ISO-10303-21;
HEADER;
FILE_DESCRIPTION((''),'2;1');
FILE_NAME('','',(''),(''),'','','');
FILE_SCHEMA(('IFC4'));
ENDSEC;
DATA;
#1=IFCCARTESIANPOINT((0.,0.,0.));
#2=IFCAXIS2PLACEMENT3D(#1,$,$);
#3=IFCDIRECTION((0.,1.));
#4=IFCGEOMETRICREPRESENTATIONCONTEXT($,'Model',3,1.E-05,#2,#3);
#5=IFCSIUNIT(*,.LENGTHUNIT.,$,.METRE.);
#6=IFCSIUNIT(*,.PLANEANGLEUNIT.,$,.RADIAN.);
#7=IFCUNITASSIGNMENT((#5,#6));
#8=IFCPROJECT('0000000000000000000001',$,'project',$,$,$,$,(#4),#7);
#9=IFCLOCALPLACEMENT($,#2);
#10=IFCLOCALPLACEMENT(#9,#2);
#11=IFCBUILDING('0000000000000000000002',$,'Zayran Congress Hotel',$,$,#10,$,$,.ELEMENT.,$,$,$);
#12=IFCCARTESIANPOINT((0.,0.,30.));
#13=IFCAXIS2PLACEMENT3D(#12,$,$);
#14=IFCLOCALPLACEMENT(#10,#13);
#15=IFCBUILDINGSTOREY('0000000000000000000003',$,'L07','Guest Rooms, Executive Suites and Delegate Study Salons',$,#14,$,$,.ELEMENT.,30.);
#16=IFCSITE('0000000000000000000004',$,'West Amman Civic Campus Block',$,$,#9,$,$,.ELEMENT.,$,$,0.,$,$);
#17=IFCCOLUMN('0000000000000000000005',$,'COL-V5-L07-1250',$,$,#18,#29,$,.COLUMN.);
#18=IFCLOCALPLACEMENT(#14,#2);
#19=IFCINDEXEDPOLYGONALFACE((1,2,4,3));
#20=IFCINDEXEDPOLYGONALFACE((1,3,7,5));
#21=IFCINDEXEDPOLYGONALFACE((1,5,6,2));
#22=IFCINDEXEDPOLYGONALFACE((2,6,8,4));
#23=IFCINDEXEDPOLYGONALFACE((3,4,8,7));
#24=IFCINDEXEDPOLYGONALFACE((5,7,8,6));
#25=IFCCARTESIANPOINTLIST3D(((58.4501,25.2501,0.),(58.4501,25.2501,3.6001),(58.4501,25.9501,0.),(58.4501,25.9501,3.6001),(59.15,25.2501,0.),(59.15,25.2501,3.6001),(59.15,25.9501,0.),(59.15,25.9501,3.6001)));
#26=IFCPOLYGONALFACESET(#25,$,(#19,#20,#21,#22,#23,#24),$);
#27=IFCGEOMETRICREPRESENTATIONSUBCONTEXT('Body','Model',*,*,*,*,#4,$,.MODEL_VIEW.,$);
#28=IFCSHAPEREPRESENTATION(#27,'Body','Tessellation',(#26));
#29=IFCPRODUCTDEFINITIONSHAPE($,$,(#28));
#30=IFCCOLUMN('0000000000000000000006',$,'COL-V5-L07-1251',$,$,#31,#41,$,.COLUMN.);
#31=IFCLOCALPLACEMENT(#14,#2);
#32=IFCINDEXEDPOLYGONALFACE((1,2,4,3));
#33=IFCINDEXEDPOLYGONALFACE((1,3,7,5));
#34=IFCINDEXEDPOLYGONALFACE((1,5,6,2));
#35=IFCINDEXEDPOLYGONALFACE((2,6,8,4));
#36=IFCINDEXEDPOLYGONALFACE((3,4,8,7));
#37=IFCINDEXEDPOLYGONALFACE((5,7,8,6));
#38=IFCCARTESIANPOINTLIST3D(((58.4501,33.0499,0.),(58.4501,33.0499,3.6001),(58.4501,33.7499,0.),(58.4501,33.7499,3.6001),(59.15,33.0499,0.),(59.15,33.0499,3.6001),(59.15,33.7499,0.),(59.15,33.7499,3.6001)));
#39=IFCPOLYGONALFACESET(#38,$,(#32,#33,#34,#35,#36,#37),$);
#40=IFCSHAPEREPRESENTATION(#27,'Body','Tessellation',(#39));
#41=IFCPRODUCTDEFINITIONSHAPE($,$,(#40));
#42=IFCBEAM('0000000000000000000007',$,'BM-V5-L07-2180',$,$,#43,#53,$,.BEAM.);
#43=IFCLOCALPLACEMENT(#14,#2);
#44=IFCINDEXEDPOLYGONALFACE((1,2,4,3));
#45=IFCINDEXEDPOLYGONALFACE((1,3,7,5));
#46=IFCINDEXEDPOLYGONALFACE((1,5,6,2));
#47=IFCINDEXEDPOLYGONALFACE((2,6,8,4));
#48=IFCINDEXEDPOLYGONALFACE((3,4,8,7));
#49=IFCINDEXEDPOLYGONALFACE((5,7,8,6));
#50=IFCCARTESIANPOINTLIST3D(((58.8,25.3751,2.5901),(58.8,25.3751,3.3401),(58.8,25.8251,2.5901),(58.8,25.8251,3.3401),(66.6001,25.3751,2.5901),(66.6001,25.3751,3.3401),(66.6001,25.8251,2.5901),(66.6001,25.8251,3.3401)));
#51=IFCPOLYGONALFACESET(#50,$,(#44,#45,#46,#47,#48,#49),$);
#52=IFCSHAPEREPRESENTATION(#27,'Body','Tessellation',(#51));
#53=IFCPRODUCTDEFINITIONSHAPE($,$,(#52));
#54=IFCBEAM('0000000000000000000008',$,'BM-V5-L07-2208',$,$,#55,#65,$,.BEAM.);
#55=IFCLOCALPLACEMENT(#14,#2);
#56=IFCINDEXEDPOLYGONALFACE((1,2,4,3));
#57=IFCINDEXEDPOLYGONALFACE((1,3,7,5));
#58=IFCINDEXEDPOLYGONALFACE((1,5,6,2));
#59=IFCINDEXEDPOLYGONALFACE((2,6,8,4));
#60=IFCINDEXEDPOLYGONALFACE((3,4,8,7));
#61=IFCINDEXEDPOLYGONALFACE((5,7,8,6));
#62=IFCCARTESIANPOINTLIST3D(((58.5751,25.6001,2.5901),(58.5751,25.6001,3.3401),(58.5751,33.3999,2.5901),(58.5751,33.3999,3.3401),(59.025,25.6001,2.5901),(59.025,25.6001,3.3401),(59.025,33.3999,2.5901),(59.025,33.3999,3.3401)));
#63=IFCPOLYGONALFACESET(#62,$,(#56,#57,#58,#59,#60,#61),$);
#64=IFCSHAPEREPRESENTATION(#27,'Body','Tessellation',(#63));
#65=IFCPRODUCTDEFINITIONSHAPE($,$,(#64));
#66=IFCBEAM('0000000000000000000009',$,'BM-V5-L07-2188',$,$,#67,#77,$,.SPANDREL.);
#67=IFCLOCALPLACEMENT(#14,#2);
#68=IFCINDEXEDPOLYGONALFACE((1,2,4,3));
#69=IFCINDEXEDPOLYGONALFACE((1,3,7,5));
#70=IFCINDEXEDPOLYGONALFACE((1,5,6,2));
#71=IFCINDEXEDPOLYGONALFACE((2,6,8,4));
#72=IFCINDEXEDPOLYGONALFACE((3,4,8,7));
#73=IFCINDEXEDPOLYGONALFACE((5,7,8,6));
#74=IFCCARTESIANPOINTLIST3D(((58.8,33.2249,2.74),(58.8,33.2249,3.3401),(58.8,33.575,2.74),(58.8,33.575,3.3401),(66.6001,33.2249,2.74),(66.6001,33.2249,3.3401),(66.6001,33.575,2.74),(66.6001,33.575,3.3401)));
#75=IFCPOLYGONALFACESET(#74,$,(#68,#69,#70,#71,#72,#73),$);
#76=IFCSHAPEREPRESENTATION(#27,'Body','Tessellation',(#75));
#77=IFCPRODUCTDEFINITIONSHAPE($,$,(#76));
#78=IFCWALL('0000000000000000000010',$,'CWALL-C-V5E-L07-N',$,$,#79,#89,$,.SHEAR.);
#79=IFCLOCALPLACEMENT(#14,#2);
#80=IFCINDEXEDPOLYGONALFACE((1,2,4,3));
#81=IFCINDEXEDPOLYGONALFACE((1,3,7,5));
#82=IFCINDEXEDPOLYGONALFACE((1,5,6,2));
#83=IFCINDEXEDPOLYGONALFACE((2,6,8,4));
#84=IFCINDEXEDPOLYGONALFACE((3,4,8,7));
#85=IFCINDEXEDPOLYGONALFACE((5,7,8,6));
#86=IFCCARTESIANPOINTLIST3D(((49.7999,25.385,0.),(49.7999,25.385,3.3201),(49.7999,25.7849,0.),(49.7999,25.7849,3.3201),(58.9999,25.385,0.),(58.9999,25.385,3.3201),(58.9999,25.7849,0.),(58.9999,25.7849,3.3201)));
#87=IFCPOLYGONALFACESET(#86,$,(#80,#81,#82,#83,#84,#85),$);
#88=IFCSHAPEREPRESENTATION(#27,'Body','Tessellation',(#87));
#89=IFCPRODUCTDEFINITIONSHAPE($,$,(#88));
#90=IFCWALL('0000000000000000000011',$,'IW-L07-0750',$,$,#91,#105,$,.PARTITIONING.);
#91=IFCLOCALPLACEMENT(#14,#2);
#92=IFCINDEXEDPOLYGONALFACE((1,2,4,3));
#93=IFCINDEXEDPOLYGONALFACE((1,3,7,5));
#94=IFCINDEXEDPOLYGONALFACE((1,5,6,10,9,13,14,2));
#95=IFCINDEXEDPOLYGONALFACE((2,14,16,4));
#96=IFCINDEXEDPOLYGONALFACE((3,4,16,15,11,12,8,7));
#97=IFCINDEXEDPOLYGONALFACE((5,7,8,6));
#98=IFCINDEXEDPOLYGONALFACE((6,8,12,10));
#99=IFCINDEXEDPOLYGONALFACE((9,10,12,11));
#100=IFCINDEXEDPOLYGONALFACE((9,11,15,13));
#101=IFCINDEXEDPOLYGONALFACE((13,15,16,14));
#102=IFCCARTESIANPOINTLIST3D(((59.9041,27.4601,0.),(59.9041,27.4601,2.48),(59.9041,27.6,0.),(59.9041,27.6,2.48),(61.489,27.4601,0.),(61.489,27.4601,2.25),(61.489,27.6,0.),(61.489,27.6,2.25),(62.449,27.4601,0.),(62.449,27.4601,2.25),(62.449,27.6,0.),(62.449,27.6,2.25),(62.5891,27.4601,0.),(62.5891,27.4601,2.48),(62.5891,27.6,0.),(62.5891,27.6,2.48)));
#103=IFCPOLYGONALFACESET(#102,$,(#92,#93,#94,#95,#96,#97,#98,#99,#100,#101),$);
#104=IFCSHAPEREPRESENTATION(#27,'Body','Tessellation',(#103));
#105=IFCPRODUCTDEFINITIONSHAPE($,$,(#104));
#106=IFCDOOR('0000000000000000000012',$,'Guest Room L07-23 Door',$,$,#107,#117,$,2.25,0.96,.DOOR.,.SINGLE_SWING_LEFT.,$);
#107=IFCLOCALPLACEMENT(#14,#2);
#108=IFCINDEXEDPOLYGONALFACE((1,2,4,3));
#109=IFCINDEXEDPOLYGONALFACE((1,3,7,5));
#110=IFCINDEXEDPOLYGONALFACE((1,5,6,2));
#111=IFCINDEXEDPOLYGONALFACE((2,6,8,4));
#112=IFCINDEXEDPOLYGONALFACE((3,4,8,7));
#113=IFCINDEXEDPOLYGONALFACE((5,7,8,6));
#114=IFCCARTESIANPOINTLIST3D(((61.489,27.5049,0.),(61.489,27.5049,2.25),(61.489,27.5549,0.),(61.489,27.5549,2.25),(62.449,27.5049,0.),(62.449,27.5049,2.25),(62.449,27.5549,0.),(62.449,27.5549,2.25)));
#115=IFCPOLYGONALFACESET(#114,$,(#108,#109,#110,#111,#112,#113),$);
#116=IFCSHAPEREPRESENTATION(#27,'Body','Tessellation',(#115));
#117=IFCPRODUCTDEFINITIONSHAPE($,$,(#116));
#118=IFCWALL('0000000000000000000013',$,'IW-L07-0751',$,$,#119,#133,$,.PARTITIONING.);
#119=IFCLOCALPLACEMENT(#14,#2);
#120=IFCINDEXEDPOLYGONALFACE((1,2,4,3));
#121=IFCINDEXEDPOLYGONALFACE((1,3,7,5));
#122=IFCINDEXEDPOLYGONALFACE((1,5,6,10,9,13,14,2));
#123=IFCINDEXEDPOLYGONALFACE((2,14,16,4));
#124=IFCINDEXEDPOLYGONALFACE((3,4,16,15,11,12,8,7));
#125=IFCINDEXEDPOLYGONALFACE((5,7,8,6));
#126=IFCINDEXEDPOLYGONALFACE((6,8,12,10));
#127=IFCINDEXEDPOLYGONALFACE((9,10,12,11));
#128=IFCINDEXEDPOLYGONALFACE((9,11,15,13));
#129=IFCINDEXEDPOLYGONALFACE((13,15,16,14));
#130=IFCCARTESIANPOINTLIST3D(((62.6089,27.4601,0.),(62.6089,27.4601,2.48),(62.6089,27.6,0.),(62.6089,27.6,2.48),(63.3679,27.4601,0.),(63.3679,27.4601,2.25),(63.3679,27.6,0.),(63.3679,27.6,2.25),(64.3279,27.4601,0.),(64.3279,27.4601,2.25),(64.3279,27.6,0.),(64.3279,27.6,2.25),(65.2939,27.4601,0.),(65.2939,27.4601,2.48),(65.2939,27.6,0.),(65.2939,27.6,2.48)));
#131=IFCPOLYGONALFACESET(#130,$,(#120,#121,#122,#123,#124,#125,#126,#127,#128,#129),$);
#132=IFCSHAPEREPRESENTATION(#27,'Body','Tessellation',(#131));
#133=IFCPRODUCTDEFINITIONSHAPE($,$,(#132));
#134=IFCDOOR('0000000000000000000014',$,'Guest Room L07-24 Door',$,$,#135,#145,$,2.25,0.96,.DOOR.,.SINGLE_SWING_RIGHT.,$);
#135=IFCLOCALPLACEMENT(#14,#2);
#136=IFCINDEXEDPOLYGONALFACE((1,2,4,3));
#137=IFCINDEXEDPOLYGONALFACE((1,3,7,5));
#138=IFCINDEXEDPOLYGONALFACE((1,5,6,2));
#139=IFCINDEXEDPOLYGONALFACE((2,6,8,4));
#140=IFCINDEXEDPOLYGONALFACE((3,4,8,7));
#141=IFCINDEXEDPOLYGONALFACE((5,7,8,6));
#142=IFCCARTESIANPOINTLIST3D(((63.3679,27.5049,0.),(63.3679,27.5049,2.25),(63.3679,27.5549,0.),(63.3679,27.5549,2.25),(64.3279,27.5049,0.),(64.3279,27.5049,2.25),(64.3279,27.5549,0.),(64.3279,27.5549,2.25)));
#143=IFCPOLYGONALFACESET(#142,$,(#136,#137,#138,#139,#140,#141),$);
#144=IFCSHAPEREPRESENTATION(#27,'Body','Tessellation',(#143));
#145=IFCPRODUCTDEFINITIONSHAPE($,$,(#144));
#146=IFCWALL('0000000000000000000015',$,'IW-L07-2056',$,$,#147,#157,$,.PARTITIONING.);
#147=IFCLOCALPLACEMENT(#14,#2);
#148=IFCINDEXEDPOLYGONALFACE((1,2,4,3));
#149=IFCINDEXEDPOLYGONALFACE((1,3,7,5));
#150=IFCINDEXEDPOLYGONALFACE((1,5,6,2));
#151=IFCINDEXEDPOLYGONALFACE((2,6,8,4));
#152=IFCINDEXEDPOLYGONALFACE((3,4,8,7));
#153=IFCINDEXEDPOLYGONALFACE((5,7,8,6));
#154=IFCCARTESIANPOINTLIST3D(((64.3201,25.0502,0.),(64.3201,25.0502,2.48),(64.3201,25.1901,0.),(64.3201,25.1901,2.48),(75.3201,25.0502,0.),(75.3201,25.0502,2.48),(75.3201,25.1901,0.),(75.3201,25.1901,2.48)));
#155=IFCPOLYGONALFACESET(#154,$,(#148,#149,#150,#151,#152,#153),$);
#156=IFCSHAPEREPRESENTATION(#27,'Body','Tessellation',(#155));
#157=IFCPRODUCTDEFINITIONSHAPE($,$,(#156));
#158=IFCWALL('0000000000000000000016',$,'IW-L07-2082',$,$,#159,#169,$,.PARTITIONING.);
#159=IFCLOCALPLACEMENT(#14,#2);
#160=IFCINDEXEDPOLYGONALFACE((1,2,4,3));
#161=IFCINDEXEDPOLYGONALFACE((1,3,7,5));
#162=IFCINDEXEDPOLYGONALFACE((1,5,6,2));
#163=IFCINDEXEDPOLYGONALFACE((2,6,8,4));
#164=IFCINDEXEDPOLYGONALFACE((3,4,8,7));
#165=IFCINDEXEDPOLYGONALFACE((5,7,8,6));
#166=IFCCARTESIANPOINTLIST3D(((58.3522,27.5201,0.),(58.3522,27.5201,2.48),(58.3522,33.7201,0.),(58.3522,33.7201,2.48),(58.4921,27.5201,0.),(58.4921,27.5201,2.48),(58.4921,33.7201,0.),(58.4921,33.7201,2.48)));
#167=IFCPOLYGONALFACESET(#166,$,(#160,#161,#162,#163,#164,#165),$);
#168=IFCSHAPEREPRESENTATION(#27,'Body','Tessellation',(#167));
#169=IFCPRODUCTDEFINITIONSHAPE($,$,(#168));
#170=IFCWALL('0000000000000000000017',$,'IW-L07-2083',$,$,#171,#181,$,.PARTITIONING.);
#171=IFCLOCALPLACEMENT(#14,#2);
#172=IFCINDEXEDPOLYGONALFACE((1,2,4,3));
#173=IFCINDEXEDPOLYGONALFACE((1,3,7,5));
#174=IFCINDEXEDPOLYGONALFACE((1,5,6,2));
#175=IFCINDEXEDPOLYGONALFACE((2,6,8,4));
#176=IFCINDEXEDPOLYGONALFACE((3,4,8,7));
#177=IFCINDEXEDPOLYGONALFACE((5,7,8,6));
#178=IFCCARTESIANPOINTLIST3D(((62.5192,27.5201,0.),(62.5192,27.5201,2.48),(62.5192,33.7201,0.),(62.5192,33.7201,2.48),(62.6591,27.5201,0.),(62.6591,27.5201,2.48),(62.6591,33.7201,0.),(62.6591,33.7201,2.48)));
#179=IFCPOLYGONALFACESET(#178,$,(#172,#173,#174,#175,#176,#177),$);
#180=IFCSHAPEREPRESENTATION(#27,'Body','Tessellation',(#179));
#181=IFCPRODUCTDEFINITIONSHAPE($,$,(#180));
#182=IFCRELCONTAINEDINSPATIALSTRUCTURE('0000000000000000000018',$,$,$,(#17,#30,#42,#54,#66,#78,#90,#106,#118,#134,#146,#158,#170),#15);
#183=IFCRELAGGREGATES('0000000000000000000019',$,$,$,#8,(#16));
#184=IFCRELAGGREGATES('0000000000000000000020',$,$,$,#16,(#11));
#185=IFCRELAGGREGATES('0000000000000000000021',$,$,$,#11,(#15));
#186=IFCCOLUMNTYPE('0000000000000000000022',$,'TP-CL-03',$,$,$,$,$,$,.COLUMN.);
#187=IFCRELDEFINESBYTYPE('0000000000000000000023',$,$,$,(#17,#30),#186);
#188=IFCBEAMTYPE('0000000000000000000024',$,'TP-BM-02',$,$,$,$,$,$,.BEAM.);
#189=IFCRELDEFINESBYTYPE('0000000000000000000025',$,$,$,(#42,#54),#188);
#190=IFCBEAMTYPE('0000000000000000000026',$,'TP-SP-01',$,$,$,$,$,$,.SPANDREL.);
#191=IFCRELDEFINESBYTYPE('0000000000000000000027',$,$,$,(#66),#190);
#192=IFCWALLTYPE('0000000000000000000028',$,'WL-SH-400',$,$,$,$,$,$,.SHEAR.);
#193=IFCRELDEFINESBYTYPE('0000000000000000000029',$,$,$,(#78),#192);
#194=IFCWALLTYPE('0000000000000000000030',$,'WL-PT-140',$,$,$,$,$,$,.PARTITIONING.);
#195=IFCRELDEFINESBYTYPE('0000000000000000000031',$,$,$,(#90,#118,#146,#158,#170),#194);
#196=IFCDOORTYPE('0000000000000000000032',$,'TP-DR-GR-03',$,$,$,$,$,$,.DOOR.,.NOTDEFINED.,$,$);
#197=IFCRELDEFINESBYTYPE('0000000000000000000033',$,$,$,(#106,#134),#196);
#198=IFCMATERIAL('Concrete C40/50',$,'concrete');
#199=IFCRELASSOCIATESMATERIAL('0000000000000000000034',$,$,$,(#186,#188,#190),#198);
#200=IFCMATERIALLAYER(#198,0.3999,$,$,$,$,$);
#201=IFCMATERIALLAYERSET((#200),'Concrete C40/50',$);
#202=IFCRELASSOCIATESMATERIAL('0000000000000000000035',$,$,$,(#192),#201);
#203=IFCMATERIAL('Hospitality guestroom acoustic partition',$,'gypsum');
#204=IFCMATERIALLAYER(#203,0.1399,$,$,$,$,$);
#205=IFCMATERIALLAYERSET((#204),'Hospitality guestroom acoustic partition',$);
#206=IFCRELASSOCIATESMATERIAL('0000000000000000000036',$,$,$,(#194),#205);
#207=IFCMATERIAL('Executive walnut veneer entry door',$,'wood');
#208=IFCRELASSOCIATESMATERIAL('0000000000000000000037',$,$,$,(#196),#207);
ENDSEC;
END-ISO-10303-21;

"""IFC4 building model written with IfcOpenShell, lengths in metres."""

from ifc_helpers import new_model, si_unit, direction, frame, frame_2d, origin, origin_2d, place, context, subcontext, project, spatial, rectangle, extrude, material, layer, layer_set, material_profile, profile_set, type_object, element, fill, save


model = new_model("IFC4")

# Units and contexts
model_context = context("Model", 3, precision=1e-05, world=origin(), true_north=direction((0.0, 1.0)))
body_context = subcontext(model_context, "Body", "Model", "MODEL_VIEW")
ifc_project = project(units=[si_unit("LENGTHUNIT", "METRE"), si_unit("PLANEANGLEUNIT", "RADIAN")], contexts=[model_context])

# Site, building, storey
site_placement = place(None, origin())
site = spatial("IfcSite", under=ifc_project, at=site_placement, Name="West Amman Civic Campus Block", CompositionType="ELEMENT", RefElevation=0.0)
building_placement = place(site_placement, origin())
building = spatial("IfcBuilding", under=site, at=building_placement, Name="Zayran Congress Hotel", CompositionType="ELEMENT")
storey_placement = place(building_placement, frame((0.0, 0.0, 30.0)))
storey = spatial("IfcBuildingStorey", under=building, at=storey_placement, Name="L07", Description="Guest Rooms, Executive Suites and Delegate Study Salons", CompositionType="ELEMENT", Elevation=30.0)

# Columns
ifc_material_1 = material(Name="Concrete C40/50", Category="concrete")
ifc_material_profile_1 = material_profile(ifc_material_1, rectangle(XDim=0.7, YDim=0.7, at=origin_2d()), Name="RC 700x700")
ifc_profile_set_1 = profile_set([ifc_material_profile_1], Name="Concrete C40/50")
column_type = type_object("IfcColumnType", Name="TP-CL-03", PredefinedType="COLUMN", material=ifc_profile_set_1)
for number, where, z_axis, x_axis, name in (
    (1, (58.8, 25.6001, 0.0), (0.0, 0.0, 1.0), (1.0, 0.0, 0.0), "COL-V5-L07-1250"),
    (2, (58.8, 33.3999, 0.0), (0.0, 0.0, 1.0), (1.0, 0.0, 0.0), "COL-V5-L07-1251"),
):
    element("IfcColumn", number, at=place(storey_placement, frame(where, z_axis=z_axis, x_axis=x_axis)), inside=storey, type_object=column_type, Name=name, PredefinedType="COLUMN", context=body_context, shape_type="SweptSolid", body=[
        extrude(rectangle(XDim=0.7, YDim=0.7, at=origin_2d()), origin(), (0.0, 0.0, 1.0), 3.6001),
    ])

# Beams
ifc_material_profile_2 = material_profile(ifc_material_1, rectangle(XDim=0.45, YDim=0.75, at=origin_2d()), Name="RC 450x750")
ifc_profile_set_2 = profile_set([ifc_material_profile_2], Name="Concrete C40/50")
beam_type_1 = type_object("IfcBeamType", Name="TP-BM-02", PredefinedType="BEAM", material=ifc_profile_set_2)
beam_1_placement = place(storey_placement, frame((58.8, 25.6001, 2.9651), z_axis=(1.0, 0.0, 0.0), x_axis=(0.0, 1.0, 0.0)))
element("IfcBeam", 3, at=beam_1_placement, inside=storey, type_object=beam_type_1, Name="BM-V5-L07-2180", PredefinedType="BEAM", context=body_context, shape_type="SweptSolid", body=[
    extrude(rectangle(XDim=0.45, YDim=0.75, at=origin_2d()), origin(), (0.0, 0.0, 1.0), 7.8),
])
beam_2_placement = place(storey_placement, frame((58.8, 25.6001, 2.9651), z_axis=(0.0, 1.0, 0.0), x_axis=(-1.0, 0.0, 0.0)))
element("IfcBeam", 4, at=beam_2_placement, inside=storey, type_object=beam_type_1, Name="BM-V5-L07-2208", PredefinedType="BEAM", context=body_context, shape_type="SweptSolid", body=[
    extrude(rectangle(XDim=0.45, YDim=0.75, at=origin_2d()), origin(), (0.0, 0.0, 1.0), 7.7998),
])
ifc_material_profile_3 = material_profile(ifc_material_1, rectangle(XDim=0.3501, YDim=0.6001, at=origin_2d()), Name="RC 350x600")
ifc_profile_set_3 = profile_set([ifc_material_profile_3], Name="Concrete C40/50")
beam_type_2 = type_object("IfcBeamType", Name="TP-SP-01", PredefinedType="SPANDREL", material=ifc_profile_set_3)
beam_3_placement = place(storey_placement, frame((58.8, 33.3999, 3.04), z_axis=(1.0, 0.0, 0.0), x_axis=(0.0, 1.0, 0.0)))
element("IfcBeam", 5, at=beam_3_placement, inside=storey, type_object=beam_type_2, Name="BM-V5-L07-2188", PredefinedType="SPANDREL", context=body_context, shape_type="SweptSolid", body=[
    extrude(rectangle(XDim=0.3501, YDim=0.6001, at=origin_2d()), origin(), (0.0, 0.0, 1.0), 7.8),
])

# Wall
ifc_layer_1 = layer(ifc_material_1, 0.3999)
ifc_layer_set_1 = layer_set([ifc_layer_1], Name="Concrete C40/50")
wall_type_1 = type_object("IfcWallType", Name="WL-SH-400", PredefinedType="SHEAR", material=ifc_layer_set_1)
wall_1_placement = place(storey_placement, frame((59.0, 25.585, 0.0), z_axis=(0.0, 0.0, 1.0), x_axis=(-1.0, 0.0, 0.0)))
element("IfcWall", 6, at=wall_1_placement, inside=storey, type_object=wall_type_1, Name="CWALL-C-V5E-L07-N", PredefinedType="SHEAR", context=body_context, shape_type="SweptSolid", body=[
    extrude(rectangle(XDim=9.2, YDim=0.3999, at=frame_2d((4.6001, 0.0))), origin(), (0.0, 0.0, 1.0), 3.3201),
])

# Walls, openings, doors
ifc_material_2 = material(Name="Hospitality guestroom acoustic partition", Category="gypsum")
ifc_layer_2 = layer(ifc_material_2, 0.1399)
ifc_layer_set_2 = layer_set([ifc_layer_2], Name="Hospitality guestroom acoustic partition")
wall_type_2 = type_object("IfcWallType", Name="WL-PT-140", PredefinedType="PARTITIONING", material=ifc_layer_set_2)
wall_2_placement = place(storey_placement, frame((59.9041, 27.53, 0.0), z_axis=(0.0, 0.0, 1.0), x_axis=(1.0, 0.0, 0.0)))
wall_2 = element("IfcWall", 7, at=wall_2_placement, inside=storey, type_object=wall_type_2, Name="IW-L07-0750", PredefinedType="PARTITIONING", context=body_context, shape_type="SweptSolid", body=[
    extrude(rectangle(XDim=2.6851, YDim=0.1399, at=frame_2d((1.3425, 0.0))), origin(), (0.0, 0.0, 1.0), 2.48),
])
opening_1_placement = place(wall_2_placement, frame((1.585, 0.0, 0.0)))
opening_1 = element("IfcOpeningElement", 8, at=opening_1_placement, cuts=wall_2, PredefinedType="OPENING", context=body_context, shape_type="SweptSolid", body=[
    extrude(rectangle(XDim=0.96, YDim=2.25, at=frame_2d((0.48, 1.125))), frame((0.0, 0.0798, 0.0), z_axis=(0.0, -1.0, 0.0), x_axis=(1.0, 0.0, 0.0)), (0.0, 0.0, 1.0), 0.1599),
])
ifc_material_3 = material(Name="Executive walnut veneer entry door", Category="wood")
door_type_1 = type_object("IfcDoorType", Name="TP-DR-GR-03", OperationType="NOTDEFINED", PredefinedType="DOOR", material=ifc_material_3)
door_1_placement = place(opening_1_placement, origin())
door_1 = element("IfcDoor", 9, at=door_1_placement, inside=storey, type_object=door_type_1, Name="Guest Room L07-23 Door", OperationType="SINGLE_SWING_LEFT", OverallHeight=2.25, OverallWidth=0.96, PredefinedType="DOOR", context=body_context, shape_type="SweptSolid", body=[
    extrude(rectangle(XDim=0.96, YDim=2.25, at=frame_2d((0.48, 1.125))), frame((0.0, 0.0249, 0.0), z_axis=(0.0, -1.0, 0.0), x_axis=(1.0, 0.0, 0.0)), (0.0, 0.0, 1.0), 0.05),
])
fill(opening_1, door_1)
wall_3_placement = place(storey_placement, frame((62.6089, 27.53, 0.0), z_axis=(0.0, 0.0, 1.0), x_axis=(1.0, 0.0, 0.0)))
wall_3 = element("IfcWall", 10, at=wall_3_placement, inside=storey, type_object=wall_type_2, Name="IW-L07-0751", PredefinedType="PARTITIONING", context=body_context, shape_type="SweptSolid", body=[
    extrude(rectangle(XDim=2.6851, YDim=0.1399, at=frame_2d((1.3425, 0.0))), origin(), (0.0, 0.0, 1.0), 2.48),
])
opening_2_placement = place(wall_3_placement, frame((0.759, 0.0, 0.0)))
opening_2 = element("IfcOpeningElement", 11, at=opening_2_placement, cuts=wall_3, PredefinedType="OPENING", context=body_context, shape_type="SweptSolid", body=[
    extrude(rectangle(XDim=0.96, YDim=2.25, at=frame_2d((0.48, 1.125))), frame((0.0, 0.0798, 0.0), z_axis=(0.0, -1.0, 0.0), x_axis=(1.0, 0.0, 0.0)), (0.0, 0.0, 1.0), 0.1599),
])
door_2_placement = place(opening_2_placement, origin())
door_2 = element("IfcDoor", 12, at=door_2_placement, inside=storey, type_object=door_type_1, Name="Guest Room L07-24 Door", OperationType="SINGLE_SWING_RIGHT", OverallHeight=2.25, OverallWidth=0.96, PredefinedType="DOOR", context=body_context, shape_type="SweptSolid", body=[
    extrude(rectangle(XDim=0.96, YDim=2.25, at=frame_2d((0.48, 1.125))), frame((0.0, 0.0249, 0.0), z_axis=(0.0, -1.0, 0.0), x_axis=(1.0, 0.0, 0.0)), (0.0, 0.0, 1.0), 0.05),
])
fill(opening_2, door_2)

# Walls
wall_4_placement = place(storey_placement, frame((64.3201, 25.1201, 0.0), z_axis=(0.0, 0.0, 1.0), x_axis=(1.0, 0.0, 0.0)))
element("IfcWall", 13, at=wall_4_placement, inside=storey, type_object=wall_type_2, Name="IW-L07-2056", PredefinedType="PARTITIONING", context=body_context, shape_type="SweptSolid", body=[
    extrude(rectangle(XDim=11.0, YDim=0.1399, at=frame_2d((5.5, 0.0))), origin(), (0.0, 0.0, 1.0), 2.48),
])
for number, where, z_axis, x_axis, name in (
    (14, (58.4221, 27.52, 0.0), (0.0, 0.0, 1.0), (0.0, 1.0, 0.0), "IW-L07-2082"),
    (15, (62.5891, 27.52, 0.0), (0.0, 0.0, 1.0), (0.0, 1.0, 0.0), "IW-L07-2083"),
):
    element("IfcWall", number, at=place(storey_placement, frame(where, z_axis=z_axis, x_axis=x_axis)), inside=storey, type_object=wall_type_2, Name=name, PredefinedType="PARTITIONING", context=body_context, shape_type="SweptSolid", body=[
        extrude(rectangle(XDim=6.2, YDim=0.1399, at=frame_2d((3.1001, 0.0))), origin(), (0.0, 0.0, 1.0), 2.48),
    ])

save(model, "model.ifc")
